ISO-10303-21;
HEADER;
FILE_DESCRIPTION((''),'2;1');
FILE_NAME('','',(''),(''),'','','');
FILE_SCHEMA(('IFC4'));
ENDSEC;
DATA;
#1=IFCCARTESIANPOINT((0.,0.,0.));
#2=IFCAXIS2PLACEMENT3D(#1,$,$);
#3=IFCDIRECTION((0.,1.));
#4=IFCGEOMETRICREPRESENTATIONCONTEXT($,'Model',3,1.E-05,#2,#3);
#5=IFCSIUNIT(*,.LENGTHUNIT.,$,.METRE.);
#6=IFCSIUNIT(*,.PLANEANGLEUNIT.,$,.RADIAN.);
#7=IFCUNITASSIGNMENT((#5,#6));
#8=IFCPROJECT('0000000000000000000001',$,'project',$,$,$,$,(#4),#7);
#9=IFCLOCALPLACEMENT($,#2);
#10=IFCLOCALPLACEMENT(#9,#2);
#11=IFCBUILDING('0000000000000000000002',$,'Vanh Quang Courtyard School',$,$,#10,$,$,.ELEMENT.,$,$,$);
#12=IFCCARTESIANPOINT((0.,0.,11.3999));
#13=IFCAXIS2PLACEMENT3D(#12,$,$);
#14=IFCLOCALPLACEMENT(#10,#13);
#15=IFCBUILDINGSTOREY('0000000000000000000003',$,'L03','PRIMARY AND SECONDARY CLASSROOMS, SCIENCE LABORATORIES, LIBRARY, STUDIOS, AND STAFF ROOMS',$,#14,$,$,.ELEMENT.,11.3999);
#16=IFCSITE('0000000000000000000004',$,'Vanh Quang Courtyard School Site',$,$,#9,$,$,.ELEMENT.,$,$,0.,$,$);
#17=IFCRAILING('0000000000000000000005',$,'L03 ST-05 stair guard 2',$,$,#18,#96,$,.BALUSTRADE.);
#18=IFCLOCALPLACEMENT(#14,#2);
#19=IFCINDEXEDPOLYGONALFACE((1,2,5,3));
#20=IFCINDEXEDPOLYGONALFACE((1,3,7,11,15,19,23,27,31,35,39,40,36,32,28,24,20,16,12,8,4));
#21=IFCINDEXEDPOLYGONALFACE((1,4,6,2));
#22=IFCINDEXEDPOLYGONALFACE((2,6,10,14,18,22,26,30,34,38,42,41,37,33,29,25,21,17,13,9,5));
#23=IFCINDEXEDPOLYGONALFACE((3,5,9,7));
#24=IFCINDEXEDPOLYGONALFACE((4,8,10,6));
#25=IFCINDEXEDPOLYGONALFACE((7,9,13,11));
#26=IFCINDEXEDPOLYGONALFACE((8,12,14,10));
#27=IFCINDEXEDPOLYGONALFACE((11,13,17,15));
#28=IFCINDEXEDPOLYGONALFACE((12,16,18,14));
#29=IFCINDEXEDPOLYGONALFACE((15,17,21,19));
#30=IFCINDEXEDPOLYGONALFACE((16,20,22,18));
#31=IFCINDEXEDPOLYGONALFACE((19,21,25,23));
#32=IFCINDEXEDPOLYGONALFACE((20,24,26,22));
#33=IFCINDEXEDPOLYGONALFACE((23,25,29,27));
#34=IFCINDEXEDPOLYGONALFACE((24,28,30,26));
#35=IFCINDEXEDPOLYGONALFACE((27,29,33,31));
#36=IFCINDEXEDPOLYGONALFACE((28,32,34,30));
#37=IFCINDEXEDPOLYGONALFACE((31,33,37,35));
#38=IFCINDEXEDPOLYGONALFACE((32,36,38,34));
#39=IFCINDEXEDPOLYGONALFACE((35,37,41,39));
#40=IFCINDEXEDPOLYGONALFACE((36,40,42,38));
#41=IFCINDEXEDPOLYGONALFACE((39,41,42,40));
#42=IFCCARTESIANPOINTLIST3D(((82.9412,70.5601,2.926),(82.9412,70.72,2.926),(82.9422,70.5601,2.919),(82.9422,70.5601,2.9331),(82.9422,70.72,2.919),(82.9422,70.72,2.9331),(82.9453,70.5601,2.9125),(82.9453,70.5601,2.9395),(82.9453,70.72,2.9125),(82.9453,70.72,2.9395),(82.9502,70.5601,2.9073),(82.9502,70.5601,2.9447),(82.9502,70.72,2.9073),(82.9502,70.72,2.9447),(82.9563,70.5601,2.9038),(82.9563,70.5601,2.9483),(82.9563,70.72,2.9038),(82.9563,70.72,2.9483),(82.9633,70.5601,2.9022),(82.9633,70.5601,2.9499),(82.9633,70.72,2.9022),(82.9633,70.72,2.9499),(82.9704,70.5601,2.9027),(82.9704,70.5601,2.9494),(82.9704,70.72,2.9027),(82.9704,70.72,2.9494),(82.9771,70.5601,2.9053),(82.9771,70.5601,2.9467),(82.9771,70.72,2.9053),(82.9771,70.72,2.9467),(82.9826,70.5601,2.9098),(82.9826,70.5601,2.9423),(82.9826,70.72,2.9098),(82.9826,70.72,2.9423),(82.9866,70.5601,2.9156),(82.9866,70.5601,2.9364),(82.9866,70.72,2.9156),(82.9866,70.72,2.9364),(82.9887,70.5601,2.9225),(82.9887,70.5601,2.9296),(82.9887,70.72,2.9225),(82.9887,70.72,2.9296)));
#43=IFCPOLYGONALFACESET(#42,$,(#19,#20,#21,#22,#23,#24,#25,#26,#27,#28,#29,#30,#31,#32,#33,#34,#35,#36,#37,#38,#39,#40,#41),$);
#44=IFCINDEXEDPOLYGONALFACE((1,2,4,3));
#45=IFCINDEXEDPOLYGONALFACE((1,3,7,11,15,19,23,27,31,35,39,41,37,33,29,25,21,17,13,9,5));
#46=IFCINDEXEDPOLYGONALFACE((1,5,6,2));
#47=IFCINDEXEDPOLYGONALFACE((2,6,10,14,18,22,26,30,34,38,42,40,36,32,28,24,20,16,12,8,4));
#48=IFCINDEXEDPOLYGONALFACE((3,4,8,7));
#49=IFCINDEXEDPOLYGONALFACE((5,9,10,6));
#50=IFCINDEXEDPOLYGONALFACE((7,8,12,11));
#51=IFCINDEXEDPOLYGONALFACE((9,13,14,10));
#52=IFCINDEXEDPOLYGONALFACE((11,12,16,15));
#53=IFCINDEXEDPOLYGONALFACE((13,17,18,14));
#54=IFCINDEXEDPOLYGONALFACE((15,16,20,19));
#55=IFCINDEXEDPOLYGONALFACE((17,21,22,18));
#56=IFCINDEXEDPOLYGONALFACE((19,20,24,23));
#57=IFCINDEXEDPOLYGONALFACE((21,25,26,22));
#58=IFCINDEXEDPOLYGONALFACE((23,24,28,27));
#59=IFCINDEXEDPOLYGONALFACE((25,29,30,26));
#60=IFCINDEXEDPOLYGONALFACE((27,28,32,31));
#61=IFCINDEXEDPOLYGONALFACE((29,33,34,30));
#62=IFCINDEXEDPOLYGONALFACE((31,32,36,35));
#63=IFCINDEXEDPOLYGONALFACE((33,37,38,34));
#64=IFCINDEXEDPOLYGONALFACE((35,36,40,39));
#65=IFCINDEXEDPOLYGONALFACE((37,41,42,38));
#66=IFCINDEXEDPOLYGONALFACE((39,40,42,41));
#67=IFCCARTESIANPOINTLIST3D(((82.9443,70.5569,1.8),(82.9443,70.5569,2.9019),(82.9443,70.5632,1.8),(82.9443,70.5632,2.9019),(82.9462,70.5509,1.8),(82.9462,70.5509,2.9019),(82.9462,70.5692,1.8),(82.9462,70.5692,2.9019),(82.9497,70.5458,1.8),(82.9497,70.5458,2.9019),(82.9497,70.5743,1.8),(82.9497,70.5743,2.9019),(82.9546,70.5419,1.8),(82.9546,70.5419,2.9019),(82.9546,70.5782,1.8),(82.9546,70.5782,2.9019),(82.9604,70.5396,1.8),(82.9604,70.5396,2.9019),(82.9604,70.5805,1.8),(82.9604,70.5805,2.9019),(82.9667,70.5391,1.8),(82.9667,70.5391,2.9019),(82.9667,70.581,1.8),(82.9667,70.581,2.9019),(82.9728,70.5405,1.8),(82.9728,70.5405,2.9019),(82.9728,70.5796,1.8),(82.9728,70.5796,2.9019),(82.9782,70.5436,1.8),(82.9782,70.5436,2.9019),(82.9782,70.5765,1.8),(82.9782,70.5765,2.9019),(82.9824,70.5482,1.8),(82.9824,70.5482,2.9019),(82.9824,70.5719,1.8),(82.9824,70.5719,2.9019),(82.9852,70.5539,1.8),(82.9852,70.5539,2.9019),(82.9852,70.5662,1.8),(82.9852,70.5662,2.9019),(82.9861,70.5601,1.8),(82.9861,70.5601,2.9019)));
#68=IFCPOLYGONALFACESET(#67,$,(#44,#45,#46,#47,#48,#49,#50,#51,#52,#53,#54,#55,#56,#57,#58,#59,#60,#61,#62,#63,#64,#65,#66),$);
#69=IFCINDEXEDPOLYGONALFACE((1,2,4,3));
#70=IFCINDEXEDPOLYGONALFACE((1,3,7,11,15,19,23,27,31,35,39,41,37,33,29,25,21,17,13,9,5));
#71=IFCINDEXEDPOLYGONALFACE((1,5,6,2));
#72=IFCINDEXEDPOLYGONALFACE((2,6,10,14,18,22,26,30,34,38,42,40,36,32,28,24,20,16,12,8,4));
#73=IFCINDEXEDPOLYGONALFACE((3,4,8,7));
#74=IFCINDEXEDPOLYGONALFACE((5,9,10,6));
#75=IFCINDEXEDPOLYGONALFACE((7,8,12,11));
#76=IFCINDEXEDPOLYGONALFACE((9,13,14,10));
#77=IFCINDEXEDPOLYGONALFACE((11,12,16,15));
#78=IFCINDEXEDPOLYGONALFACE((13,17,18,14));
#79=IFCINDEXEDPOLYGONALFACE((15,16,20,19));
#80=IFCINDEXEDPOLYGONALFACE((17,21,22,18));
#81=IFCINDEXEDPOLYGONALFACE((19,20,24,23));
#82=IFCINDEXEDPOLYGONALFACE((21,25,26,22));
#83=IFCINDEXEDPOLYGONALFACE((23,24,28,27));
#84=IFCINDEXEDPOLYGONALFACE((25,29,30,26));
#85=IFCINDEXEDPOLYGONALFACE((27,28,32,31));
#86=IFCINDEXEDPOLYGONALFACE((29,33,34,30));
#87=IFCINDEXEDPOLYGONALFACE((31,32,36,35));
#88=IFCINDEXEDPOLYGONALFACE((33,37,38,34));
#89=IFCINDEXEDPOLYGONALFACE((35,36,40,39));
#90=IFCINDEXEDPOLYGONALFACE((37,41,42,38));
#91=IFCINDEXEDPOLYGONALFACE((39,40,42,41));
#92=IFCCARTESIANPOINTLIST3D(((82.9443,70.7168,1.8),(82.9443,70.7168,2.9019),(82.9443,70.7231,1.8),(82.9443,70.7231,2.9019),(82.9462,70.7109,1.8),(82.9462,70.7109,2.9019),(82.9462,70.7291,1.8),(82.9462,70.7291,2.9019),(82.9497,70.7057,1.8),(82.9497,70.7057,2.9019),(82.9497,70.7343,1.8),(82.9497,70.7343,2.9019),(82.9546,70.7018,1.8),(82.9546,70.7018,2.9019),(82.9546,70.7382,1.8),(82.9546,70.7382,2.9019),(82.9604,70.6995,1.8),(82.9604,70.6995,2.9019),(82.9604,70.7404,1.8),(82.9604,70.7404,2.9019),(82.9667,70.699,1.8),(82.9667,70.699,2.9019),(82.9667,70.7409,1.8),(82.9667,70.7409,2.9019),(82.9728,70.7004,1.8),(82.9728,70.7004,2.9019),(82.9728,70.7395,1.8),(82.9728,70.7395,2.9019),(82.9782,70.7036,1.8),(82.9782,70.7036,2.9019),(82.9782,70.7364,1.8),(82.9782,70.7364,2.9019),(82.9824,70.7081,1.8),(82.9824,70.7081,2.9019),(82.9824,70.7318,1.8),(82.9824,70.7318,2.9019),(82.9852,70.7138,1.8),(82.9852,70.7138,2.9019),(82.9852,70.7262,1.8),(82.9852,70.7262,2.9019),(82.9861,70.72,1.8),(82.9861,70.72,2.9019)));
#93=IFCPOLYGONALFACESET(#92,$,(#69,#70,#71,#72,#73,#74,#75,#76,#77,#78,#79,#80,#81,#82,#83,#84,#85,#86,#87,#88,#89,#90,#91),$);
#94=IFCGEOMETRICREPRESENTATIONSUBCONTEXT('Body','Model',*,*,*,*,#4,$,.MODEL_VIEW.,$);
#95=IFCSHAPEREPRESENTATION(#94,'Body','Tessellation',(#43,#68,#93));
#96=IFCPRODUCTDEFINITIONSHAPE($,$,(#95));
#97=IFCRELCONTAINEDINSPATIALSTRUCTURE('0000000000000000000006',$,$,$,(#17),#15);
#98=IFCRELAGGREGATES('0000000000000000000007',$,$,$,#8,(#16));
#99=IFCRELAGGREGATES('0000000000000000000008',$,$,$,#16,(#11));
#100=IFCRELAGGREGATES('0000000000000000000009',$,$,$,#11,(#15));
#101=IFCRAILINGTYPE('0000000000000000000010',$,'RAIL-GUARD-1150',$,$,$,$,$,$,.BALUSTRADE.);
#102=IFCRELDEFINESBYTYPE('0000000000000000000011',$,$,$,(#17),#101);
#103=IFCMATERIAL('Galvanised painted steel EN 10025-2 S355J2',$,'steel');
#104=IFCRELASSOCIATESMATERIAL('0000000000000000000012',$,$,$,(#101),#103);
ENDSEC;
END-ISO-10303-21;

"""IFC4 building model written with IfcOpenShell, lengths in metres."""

from ifc_helpers import new_model, si_unit, direction, frame, origin, origin_2d, place, context, subcontext, project, spatial, circle, extrude, material, type_object, element, save


model = new_model("IFC4")

# Units and contexts
model_context = context("Model", 3, precision=1e-05, world=origin(), true_north=direction((0.0, 1.0)))
body_context = subcontext(model_context, "Body", "Model", "MODEL_VIEW")
ifc_project = project(units=[si_unit("LENGTHUNIT", "METRE"), si_unit("PLANEANGLEUNIT", "RADIAN")], contexts=[model_context])

# Site, building, storey
site_placement = place(None, origin())
site = spatial("IfcSite", under=ifc_project, at=site_placement, Name="Vanh Quang Courtyard School Site", CompositionType="ELEMENT", RefElevation=0.0)
building_placement = place(site_placement, origin())
building = spatial("IfcBuilding", under=site, at=building_placement, Name="Vanh Quang Courtyard School", CompositionType="ELEMENT")
storey_placement = place(building_placement, frame((0.0, 0.0, 11.3999)))
storey = spatial("IfcBuildingStorey", under=building, at=storey_placement, Name="L03", Description="PRIMARY AND SECONDARY CLASSROOMS, SCIENCE LABORATORIES, LIBRARY, STUDIOS, AND STAFF ROOMS", CompositionType="ELEMENT", Elevation=11.3999)

# Railing
ifc_material_1 = material(Name="Galvanised painted steel EN 10025-2 S355J2", Category="steel")
railing_type_1 = type_object("IfcRailingType", Name="RAIL-GUARD-1150", PredefinedType="BALUSTRADE", material=ifc_material_1)
railing_1_placement = place(storey_placement, frame((82.9651, 70.5601, 1.8)))
element("IfcRailing", 1, at=railing_1_placement, inside=storey, type_object=railing_type_1, Name="L03 ST-05 stair guard 2", PredefinedType="BALUSTRADE", context=body_context, shape_type="SweptSolid", body=[
    extrude(circle(Radius=0.0239, at=origin_2d()), frame((0.0, 0.0, 1.126), z_axis=(0.0, 1.0, 0.0), x_axis=(-1.0, 0.0, 0.0)), (0.0, 0.0, 1.0), 0.1599),
    extrude(circle(Radius=0.021, at=origin_2d()), origin(), (0.0, 0.0, 1.0), 1.1018),
    extrude(circle(Radius=0.021, at=origin_2d()), frame((0.0, 0.1599, 0.0)), (0.0, 0.0, 1.0), 1.1018),
])

save(model, "model.ifc")
